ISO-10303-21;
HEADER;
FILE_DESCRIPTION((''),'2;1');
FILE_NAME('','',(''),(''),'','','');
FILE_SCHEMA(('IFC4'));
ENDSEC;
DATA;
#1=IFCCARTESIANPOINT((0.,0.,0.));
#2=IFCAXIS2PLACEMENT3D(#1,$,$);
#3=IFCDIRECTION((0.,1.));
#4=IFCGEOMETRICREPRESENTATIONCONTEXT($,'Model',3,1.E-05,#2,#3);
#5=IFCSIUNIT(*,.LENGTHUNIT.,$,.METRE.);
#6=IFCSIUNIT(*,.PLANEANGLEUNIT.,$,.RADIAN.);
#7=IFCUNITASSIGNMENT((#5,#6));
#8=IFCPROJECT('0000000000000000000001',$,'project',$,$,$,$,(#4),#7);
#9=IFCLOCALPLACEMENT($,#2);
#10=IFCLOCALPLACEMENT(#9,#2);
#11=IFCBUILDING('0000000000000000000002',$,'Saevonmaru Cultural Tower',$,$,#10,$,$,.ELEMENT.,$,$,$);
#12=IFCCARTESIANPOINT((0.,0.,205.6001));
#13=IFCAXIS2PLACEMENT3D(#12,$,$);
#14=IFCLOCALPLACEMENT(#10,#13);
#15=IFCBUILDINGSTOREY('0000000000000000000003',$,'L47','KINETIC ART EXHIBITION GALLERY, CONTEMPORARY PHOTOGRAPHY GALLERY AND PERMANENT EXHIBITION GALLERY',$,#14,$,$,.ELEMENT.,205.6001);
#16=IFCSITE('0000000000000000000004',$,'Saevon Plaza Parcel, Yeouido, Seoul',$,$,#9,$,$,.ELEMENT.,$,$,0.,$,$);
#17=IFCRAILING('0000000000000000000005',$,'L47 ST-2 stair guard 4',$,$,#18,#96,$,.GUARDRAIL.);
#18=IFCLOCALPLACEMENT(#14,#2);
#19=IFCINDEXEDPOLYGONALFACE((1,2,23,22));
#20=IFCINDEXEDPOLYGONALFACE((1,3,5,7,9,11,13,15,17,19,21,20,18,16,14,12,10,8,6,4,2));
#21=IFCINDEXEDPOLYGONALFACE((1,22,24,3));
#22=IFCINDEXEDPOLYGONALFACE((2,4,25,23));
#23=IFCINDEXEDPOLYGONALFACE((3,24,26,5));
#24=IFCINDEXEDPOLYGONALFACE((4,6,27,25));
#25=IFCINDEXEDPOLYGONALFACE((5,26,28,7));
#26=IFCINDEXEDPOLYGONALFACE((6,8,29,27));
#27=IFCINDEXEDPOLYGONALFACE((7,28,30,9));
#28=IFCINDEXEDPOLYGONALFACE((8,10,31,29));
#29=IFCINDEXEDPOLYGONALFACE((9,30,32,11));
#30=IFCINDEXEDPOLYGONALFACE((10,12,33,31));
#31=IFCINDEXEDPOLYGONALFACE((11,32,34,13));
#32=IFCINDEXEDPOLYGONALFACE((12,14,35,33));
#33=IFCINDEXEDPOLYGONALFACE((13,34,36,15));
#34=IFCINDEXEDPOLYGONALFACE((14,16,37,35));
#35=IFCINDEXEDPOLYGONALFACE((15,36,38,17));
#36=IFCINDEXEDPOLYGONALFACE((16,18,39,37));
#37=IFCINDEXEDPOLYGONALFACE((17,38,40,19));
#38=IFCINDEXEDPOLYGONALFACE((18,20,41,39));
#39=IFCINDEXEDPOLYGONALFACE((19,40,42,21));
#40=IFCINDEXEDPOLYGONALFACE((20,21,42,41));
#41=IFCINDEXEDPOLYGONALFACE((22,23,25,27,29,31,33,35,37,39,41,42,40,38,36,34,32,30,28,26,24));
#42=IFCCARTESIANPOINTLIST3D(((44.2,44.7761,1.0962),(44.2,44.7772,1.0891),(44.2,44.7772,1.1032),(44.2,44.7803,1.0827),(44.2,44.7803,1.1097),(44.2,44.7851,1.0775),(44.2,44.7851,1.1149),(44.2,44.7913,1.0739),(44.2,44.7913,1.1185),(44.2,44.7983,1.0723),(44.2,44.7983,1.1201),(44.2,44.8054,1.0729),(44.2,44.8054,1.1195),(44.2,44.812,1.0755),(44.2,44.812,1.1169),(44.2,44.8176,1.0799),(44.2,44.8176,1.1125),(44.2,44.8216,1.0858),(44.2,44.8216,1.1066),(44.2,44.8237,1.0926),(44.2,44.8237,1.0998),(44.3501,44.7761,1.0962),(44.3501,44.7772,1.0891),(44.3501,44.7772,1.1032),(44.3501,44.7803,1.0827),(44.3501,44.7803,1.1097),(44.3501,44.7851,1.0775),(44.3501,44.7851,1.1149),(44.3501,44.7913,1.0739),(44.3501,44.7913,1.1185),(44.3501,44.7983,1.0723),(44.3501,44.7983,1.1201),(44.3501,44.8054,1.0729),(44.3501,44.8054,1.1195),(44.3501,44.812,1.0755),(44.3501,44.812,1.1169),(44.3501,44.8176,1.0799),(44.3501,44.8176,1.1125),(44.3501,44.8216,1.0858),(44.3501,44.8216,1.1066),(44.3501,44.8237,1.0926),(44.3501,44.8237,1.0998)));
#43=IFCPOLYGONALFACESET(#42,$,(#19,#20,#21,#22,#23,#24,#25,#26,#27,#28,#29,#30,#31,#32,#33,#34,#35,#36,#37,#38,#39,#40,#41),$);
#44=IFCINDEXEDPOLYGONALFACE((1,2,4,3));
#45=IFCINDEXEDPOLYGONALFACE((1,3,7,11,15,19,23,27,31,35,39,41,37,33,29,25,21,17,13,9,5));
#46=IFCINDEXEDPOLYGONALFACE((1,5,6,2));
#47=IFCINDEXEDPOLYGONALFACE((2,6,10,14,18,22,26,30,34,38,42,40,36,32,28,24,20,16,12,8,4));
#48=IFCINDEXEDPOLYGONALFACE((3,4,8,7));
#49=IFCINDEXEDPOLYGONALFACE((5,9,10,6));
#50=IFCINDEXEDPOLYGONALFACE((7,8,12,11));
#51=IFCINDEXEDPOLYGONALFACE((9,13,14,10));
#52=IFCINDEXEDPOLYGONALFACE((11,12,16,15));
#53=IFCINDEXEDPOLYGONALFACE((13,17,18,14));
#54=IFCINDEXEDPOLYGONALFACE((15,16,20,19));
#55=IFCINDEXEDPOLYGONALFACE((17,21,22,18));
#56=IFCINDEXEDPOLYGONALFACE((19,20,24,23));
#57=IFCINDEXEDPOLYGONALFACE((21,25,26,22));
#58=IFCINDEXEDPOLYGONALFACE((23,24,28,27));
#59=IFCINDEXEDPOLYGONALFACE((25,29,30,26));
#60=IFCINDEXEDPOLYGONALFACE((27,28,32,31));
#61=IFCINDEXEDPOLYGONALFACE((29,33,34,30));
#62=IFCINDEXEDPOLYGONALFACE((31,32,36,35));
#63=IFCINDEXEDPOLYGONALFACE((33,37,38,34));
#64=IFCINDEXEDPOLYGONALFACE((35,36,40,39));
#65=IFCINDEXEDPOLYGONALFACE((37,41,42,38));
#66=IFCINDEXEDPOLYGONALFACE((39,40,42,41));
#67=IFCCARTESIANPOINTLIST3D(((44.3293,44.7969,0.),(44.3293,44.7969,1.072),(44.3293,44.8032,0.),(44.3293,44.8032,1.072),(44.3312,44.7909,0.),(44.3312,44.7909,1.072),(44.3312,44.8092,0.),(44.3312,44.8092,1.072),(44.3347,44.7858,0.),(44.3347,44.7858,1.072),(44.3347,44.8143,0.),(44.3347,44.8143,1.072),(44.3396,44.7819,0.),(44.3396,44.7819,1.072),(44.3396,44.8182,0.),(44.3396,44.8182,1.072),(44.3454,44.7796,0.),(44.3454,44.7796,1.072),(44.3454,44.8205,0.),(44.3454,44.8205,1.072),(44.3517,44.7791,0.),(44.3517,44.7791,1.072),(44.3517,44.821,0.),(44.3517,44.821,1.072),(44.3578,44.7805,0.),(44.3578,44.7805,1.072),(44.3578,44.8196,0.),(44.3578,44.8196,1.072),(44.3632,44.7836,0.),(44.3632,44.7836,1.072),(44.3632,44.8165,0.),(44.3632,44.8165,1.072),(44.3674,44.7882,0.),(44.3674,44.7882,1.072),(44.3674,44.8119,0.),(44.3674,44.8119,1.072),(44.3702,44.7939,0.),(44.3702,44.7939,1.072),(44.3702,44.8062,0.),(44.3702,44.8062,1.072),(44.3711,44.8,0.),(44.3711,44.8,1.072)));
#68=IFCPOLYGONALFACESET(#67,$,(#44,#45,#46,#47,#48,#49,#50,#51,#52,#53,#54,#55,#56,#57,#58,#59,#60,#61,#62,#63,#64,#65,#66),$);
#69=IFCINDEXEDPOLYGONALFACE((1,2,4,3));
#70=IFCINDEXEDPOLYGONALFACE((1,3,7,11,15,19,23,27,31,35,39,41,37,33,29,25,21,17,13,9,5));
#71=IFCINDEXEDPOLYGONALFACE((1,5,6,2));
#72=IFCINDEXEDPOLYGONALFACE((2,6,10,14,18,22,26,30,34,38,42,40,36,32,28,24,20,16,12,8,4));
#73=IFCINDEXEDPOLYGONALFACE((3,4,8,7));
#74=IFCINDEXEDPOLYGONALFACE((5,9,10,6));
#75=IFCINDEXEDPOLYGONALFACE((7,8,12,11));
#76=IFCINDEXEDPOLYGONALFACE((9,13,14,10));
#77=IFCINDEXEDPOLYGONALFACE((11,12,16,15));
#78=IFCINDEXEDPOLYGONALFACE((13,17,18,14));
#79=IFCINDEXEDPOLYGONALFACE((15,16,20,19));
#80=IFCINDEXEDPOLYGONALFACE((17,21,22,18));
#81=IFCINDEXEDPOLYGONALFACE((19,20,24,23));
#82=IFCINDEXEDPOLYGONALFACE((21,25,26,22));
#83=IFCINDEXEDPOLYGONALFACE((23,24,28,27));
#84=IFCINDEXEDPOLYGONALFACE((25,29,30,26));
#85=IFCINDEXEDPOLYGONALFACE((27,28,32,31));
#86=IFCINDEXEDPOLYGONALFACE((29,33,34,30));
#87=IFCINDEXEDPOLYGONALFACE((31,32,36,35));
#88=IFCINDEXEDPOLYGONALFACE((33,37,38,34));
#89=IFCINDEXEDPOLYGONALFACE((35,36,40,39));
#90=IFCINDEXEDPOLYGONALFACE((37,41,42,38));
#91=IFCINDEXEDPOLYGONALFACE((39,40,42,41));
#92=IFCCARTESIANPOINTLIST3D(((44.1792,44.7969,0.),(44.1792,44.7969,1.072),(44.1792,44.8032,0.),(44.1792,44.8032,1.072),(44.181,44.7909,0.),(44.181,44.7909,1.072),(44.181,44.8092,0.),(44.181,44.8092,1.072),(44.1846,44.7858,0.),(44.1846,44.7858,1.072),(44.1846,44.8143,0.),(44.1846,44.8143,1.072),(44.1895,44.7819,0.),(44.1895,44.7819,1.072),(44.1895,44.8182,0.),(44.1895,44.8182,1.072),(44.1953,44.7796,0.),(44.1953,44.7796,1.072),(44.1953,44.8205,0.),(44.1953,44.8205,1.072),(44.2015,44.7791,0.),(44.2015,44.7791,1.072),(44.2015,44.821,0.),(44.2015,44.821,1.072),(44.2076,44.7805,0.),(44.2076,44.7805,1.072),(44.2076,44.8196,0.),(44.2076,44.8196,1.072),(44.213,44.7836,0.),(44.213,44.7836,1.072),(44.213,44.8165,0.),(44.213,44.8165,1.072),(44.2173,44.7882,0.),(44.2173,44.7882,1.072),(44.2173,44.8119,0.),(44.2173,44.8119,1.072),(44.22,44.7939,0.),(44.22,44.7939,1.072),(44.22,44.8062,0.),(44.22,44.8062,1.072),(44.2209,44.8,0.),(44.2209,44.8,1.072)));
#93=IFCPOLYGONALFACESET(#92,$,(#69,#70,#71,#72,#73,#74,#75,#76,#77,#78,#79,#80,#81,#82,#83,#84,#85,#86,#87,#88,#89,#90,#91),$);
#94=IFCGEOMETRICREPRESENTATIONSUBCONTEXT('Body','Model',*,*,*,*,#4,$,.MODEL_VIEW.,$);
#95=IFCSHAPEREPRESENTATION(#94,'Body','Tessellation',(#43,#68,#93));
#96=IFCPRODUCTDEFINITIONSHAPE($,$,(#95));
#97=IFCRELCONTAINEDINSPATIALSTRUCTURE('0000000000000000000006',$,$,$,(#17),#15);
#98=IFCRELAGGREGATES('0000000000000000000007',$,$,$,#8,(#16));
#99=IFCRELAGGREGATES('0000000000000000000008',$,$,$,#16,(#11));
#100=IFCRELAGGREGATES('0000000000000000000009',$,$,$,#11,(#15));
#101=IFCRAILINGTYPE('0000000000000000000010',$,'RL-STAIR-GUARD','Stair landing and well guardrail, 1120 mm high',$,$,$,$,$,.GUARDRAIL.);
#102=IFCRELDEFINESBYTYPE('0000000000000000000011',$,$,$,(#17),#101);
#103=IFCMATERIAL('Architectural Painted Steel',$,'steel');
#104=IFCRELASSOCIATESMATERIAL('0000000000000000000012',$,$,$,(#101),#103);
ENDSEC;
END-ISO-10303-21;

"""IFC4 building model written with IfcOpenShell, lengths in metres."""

from ifc_helpers import new_model, si_unit, direction, frame, origin, origin_2d, place, context, subcontext, project, spatial, circle, extrude, material, type_object, element, save


model = new_model("IFC4")

# Units and contexts
model_context = context("Model", 3, precision=1e-05, world=origin(), true_north=direction((0.0, 1.0)))
body_context = subcontext(model_context, "Body", "Model", "MODEL_VIEW")
ifc_project = project(units=[si_unit("LENGTHUNIT", "METRE"), si_unit("PLANEANGLEUNIT", "RADIAN")], contexts=[model_context])

# Site, building, storey
site_placement = place(None, origin())
site = spatial("IfcSite", under=ifc_project, at=site_placement, Name="Saevon Plaza Parcel, Yeouido, Seoul", CompositionType="ELEMENT", RefElevation=0.0)
building_placement = place(site_placement, origin())
building = spatial("IfcBuilding", under=site, at=building_placement, Name="Saevonmaru Cultural Tower", CompositionType="ELEMENT")
storey_placement = place(building_placement, frame((0.0, 0.0, 205.6001)))
storey = spatial("IfcBuildingStorey", under=building, at=storey_placement, Name="L47", Description="KINETIC ART EXHIBITION GALLERY, CONTEMPORARY PHOTOGRAPHY GALLERY AND PERMANENT EXHIBITION GALLERY", CompositionType="ELEMENT", Elevation=205.6001)

# Railing
ifc_material_1 = material(Name="Architectural Painted Steel", Category="steel")
railing_type_1 = type_object("IfcRailingType", Name="RL-STAIR-GUARD", Description="Stair landing and well guardrail, 1120 mm high", PredefinedType="GUARDRAIL", material=ifc_material_1)
railing_1_placement = place(storey_placement, frame((44.3501, 44.8, 0.0)))
element("IfcRailing", 1, at=railing_1_placement, inside=storey, type_object=railing_type_1, Name="L47 ST-2 stair guard 4", PredefinedType="GUARDRAIL", context=body_context, shape_type="SweptSolid", body=[
    extrude(circle(Radius=0.0239, at=origin_2d()), frame((0.0, 0.0, 1.0962), z_axis=(-1.0, 0.0, 0.0), x_axis=(0.0, -1.0, 0.0)), (0.0, 0.0, 1.0), 0.1501),
    extrude(circle(Radius=0.021, at=origin_2d()), origin(), (0.0, 0.0, 1.0), 1.072),
    extrude(circle(Radius=0.021, at=origin_2d()), frame((-0.1501, 0.0, 0.0)), (0.0, 0.0, 1.0), 1.072),
])

save(model, "model.ifc")
